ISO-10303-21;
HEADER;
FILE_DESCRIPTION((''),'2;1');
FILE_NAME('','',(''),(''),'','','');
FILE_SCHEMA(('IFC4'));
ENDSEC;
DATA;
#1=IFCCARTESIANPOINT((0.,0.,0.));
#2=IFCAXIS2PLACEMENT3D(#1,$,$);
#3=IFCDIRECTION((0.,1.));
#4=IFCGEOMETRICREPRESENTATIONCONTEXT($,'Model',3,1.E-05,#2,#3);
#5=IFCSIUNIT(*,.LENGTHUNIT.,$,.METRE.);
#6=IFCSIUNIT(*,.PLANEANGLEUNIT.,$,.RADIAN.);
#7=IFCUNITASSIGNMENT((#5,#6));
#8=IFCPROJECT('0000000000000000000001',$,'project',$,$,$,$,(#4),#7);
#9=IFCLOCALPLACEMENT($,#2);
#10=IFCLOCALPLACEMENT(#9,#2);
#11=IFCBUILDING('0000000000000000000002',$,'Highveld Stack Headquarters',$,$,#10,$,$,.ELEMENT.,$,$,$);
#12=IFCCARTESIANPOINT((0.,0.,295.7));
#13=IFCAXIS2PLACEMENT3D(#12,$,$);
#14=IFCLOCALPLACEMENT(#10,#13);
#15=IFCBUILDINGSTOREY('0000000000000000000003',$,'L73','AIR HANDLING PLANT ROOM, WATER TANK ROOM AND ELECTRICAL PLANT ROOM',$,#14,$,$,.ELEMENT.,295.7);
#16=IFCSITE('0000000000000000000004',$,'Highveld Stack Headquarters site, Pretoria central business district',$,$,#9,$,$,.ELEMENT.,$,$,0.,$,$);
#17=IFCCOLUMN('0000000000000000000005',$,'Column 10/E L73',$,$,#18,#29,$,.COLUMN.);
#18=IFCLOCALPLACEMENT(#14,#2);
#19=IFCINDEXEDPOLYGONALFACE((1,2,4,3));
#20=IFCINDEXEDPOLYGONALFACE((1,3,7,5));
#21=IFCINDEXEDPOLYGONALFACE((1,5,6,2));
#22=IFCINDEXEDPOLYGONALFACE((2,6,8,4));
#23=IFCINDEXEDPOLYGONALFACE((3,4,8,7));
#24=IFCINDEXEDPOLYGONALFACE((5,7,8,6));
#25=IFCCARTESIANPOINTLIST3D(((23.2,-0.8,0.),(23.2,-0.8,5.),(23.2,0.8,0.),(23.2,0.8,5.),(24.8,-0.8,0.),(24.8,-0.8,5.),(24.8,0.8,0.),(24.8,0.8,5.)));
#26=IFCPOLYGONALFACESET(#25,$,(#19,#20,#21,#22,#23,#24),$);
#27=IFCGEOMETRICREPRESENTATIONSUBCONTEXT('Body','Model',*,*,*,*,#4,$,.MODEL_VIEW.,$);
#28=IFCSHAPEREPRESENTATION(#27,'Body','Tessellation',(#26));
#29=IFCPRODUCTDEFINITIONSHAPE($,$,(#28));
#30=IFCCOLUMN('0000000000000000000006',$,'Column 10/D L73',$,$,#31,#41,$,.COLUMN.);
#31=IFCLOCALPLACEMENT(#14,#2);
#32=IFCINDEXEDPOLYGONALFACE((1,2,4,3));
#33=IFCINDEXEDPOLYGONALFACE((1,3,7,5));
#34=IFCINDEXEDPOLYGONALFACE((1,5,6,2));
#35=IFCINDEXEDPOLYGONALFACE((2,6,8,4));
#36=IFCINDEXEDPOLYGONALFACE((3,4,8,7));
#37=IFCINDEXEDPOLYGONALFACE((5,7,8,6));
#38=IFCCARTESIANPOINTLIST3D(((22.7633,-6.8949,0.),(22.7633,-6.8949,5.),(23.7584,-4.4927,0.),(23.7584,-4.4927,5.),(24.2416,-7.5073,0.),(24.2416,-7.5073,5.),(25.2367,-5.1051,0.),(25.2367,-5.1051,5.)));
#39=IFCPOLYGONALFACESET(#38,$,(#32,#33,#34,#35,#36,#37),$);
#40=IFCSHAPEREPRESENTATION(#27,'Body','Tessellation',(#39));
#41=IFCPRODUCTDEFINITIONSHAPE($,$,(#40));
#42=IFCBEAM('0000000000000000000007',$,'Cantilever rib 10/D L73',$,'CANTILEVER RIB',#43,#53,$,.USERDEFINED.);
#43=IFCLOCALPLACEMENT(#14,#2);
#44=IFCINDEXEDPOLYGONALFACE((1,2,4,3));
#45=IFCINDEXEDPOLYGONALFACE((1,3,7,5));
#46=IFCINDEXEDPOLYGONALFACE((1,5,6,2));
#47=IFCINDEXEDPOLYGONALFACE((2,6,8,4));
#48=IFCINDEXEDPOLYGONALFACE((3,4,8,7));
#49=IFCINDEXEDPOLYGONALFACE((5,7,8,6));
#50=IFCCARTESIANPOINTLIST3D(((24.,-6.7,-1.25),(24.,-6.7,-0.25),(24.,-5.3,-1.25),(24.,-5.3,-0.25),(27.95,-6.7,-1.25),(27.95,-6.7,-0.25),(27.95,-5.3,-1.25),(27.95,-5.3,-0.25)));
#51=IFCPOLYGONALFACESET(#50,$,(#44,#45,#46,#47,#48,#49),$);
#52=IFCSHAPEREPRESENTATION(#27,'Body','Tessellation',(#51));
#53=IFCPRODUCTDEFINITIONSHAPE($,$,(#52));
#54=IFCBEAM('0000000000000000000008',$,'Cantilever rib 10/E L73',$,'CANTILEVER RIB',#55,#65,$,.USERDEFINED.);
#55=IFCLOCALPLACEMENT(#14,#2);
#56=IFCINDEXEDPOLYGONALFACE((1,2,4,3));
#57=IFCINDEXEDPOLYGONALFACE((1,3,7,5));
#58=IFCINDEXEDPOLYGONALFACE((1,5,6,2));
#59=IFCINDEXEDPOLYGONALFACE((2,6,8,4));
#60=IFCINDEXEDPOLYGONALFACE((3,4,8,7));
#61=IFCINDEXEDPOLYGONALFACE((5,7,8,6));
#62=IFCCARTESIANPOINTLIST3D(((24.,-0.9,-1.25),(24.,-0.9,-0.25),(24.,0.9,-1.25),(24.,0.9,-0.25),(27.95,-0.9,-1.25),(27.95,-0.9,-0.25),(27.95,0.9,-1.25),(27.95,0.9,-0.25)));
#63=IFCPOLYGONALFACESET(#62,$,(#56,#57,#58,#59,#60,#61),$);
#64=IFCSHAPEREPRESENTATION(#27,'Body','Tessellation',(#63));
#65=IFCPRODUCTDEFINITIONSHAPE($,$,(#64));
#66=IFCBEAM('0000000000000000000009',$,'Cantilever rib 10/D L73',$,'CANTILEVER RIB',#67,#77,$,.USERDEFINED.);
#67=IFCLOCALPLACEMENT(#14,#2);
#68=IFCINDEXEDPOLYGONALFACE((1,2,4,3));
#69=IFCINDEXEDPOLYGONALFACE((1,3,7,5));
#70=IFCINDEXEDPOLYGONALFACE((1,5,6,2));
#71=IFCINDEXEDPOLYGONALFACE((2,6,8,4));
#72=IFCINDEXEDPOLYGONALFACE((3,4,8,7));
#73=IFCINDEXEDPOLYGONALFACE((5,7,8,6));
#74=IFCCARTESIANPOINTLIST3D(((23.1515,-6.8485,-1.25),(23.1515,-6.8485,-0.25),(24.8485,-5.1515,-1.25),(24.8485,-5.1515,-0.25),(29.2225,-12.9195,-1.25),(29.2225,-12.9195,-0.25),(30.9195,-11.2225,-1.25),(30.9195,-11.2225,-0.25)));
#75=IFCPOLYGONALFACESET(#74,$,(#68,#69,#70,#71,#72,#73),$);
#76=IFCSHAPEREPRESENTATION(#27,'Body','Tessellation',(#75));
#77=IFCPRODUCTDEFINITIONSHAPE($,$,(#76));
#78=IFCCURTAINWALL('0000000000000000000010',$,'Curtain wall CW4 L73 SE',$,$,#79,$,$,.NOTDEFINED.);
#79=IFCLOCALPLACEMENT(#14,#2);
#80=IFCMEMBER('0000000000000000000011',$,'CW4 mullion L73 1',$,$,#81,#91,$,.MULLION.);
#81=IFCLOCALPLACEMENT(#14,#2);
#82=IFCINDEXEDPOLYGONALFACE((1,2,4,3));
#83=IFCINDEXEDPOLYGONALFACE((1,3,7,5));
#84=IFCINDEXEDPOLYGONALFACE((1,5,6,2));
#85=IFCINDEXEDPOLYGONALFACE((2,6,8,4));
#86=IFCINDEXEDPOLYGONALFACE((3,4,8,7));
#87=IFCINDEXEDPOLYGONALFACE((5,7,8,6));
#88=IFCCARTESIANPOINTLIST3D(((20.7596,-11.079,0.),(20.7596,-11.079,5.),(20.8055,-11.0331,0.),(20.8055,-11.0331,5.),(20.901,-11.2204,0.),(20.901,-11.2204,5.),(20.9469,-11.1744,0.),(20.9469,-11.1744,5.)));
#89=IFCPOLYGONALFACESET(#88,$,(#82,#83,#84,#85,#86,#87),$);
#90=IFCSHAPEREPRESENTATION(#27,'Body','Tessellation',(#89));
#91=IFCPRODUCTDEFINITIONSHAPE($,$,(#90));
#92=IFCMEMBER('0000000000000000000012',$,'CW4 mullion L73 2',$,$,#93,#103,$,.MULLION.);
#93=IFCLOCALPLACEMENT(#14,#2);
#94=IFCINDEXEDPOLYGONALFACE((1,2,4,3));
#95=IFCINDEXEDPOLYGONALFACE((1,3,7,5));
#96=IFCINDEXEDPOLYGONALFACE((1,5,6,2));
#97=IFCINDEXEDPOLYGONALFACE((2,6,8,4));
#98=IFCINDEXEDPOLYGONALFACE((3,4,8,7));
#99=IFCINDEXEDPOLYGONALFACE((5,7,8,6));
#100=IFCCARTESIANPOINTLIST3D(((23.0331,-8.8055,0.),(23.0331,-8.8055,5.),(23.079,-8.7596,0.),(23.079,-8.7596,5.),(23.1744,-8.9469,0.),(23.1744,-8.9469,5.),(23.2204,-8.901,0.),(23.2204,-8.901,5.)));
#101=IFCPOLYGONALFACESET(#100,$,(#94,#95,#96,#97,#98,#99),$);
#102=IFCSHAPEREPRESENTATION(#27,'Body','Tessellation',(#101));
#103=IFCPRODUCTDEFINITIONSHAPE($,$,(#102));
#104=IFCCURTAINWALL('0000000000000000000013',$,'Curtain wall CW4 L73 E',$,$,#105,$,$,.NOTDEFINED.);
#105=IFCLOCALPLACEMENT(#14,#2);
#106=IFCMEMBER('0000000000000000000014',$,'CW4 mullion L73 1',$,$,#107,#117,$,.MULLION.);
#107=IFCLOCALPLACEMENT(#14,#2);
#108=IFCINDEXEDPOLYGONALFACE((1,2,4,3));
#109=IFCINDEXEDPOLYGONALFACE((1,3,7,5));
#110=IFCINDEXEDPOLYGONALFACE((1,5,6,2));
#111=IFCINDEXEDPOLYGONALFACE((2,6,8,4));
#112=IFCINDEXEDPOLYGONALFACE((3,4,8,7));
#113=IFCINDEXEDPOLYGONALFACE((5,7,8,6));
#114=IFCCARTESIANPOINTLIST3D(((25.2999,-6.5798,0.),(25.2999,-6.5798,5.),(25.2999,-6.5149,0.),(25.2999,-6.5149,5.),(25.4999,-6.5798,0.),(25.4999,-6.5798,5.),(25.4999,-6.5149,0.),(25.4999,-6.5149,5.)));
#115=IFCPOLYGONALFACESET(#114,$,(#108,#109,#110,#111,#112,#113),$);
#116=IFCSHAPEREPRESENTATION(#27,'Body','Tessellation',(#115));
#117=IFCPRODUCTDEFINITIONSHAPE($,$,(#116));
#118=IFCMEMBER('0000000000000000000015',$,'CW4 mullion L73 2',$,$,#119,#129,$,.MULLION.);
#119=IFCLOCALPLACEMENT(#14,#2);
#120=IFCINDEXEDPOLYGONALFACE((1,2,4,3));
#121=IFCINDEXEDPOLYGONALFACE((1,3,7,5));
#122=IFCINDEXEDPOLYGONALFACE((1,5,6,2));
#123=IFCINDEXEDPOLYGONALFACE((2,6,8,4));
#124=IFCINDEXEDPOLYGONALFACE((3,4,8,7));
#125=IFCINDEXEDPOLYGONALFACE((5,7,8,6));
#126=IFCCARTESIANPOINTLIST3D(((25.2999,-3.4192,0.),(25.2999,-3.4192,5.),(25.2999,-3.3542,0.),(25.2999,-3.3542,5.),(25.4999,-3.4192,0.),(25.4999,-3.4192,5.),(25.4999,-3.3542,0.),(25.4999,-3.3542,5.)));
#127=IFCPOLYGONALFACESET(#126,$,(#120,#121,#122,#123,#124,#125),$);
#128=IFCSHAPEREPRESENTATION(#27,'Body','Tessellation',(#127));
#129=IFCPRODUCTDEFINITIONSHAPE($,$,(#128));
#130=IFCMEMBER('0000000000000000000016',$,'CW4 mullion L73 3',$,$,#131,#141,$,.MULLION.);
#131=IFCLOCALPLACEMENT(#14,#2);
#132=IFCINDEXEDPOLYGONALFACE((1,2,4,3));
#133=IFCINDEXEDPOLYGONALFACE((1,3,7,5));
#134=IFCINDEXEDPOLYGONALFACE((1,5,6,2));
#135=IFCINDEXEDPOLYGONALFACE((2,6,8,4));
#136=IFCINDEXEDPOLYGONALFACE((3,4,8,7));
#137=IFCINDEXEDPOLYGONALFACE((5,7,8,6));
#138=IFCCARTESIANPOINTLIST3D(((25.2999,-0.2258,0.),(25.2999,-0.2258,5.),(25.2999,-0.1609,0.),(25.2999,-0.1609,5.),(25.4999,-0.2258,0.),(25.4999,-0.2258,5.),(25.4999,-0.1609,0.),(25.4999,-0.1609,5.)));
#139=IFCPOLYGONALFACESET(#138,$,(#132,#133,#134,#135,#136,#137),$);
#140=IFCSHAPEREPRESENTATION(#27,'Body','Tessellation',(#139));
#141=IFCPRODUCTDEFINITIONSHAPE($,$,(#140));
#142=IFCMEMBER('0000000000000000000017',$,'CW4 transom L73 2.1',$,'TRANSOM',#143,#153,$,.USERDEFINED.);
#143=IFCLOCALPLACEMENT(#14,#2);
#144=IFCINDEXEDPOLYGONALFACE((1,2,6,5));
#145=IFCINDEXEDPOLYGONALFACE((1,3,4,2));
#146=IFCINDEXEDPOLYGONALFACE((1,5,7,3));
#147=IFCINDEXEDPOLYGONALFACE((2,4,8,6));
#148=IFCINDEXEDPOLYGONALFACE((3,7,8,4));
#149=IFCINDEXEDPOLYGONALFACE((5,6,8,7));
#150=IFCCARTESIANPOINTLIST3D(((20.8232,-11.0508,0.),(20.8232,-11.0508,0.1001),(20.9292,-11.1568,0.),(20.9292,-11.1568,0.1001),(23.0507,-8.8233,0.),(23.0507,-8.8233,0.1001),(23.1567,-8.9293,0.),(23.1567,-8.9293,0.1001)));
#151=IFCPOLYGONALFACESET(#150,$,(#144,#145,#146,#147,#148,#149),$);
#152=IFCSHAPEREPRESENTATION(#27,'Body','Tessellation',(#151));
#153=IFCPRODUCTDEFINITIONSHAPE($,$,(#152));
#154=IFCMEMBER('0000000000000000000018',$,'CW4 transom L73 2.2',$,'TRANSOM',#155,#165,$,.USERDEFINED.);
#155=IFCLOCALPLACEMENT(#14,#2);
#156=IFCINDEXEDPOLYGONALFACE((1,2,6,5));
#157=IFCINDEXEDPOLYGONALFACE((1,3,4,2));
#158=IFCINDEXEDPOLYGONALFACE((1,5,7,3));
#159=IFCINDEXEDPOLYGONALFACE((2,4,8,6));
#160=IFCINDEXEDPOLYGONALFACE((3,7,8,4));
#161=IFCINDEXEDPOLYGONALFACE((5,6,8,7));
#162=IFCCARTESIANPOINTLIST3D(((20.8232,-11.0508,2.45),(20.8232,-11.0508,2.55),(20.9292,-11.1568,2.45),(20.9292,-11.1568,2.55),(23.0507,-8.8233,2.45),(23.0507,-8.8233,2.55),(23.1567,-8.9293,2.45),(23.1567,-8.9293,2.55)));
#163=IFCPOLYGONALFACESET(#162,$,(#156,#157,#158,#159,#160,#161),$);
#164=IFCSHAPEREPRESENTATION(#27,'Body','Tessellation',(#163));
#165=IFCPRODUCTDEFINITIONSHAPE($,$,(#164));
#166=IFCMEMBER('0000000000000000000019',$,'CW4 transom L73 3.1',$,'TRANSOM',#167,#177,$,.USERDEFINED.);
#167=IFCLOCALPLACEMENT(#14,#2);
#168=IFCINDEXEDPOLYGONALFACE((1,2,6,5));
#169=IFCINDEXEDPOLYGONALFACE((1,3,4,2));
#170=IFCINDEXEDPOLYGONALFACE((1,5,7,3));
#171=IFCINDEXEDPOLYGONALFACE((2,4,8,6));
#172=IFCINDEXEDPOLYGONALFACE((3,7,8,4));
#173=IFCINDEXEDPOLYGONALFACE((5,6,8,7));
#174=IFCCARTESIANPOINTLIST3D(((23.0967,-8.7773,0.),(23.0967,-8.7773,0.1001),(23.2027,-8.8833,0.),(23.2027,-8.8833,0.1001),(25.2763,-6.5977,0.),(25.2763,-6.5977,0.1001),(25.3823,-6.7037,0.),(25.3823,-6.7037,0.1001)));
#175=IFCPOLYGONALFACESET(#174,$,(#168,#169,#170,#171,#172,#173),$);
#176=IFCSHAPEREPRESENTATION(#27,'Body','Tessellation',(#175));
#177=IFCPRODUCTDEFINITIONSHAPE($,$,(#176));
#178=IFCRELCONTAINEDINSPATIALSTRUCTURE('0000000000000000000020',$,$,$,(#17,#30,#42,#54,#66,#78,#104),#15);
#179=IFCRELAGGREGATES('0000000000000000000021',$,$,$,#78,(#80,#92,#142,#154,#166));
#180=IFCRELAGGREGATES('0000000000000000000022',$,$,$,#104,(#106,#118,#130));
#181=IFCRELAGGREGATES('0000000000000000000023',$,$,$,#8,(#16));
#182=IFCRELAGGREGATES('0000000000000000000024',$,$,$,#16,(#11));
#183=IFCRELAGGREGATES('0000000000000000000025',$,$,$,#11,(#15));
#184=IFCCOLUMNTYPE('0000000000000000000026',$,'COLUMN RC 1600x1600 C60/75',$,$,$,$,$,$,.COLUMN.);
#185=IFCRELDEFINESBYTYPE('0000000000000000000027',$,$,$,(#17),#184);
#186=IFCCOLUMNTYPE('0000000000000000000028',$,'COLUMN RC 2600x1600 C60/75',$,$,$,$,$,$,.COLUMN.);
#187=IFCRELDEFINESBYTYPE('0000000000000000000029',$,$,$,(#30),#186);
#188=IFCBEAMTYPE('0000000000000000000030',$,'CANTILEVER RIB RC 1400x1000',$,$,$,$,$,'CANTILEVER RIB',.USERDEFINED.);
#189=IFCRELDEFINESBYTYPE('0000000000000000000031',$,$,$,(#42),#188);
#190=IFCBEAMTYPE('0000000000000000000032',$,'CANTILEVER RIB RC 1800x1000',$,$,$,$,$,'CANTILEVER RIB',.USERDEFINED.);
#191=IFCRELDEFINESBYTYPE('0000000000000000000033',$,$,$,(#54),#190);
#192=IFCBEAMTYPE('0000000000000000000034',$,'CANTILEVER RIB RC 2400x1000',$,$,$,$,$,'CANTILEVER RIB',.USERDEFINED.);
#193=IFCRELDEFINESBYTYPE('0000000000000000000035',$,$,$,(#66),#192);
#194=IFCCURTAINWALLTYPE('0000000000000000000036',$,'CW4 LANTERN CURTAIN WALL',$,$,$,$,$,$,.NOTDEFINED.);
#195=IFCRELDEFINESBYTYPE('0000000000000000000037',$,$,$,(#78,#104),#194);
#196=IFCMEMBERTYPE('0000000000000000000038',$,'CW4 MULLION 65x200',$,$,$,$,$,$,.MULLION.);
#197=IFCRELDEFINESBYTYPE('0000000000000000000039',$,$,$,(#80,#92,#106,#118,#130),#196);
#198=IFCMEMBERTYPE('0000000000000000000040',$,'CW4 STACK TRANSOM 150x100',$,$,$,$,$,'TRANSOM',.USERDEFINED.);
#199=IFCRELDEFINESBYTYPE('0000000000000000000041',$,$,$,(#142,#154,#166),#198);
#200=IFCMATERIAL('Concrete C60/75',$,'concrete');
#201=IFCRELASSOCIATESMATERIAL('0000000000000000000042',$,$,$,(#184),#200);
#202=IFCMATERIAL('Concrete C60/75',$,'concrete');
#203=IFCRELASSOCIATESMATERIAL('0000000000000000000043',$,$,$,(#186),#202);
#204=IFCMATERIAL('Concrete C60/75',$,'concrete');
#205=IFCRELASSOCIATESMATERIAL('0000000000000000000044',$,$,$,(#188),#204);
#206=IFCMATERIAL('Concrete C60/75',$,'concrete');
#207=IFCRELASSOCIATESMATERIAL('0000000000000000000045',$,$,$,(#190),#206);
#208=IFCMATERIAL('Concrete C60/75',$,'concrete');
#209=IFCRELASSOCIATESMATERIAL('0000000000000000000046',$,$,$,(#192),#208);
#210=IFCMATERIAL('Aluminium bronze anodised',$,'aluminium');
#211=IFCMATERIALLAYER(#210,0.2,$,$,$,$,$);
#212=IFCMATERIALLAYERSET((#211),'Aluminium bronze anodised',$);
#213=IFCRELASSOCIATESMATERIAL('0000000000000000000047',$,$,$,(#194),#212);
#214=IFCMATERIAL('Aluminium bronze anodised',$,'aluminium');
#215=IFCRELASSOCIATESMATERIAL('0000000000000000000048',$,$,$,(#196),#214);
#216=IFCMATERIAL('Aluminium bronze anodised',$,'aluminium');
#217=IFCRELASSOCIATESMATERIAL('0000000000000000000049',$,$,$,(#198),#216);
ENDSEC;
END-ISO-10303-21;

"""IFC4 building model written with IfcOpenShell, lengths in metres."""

from ifc_helpers import new_model, si_unit, direction, frame, origin, origin_2d, place, context, subcontext, project, spatial, rectangle, extrude, material, layer, layer_set, material_profile, profile_set, type_object, element, aggregate, save


model = new_model("IFC4")

# Units and contexts
model_context = context("Model", 3, precision=1e-05, world=origin(), true_north=direction((0.0, 1.0)))
body_context = subcontext(model_context, "Body", "Model", "MODEL_VIEW")
ifc_project = project(units=[si_unit("LENGTHUNIT", "METRE"), si_unit("PLANEANGLEUNIT", "RADIAN")], contexts=[model_context])

# Site, building, storey
site_placement = place(None, origin())
site = spatial("IfcSite", under=ifc_project, at=site_placement, Name="Highveld Stack Headquarters site, Pretoria central business district", CompositionType="ELEMENT", RefElevation=0.0)
building_placement = place(site_placement, origin())
building = spatial("IfcBuilding", under=site, at=building_placement, Name="Highveld Stack Headquarters", CompositionType="ELEMENT")
storey_placement = place(building_placement, frame((0.0, 0.0, 295.7)))
storey = spatial("IfcBuildingStorey", under=building, at=storey_placement, Name="L73", Description="AIR HANDLING PLANT ROOM, WATER TANK ROOM AND ELECTRICAL PLANT ROOM", CompositionType="ELEMENT", Elevation=295.7)

# Columns
ifc_material_1 = material(Name="Concrete C60/75", Category="concrete")
ifc_material_profile_1 = material_profile(ifc_material_1, rectangle(XDim=1.6001, YDim=1.6001, at=origin_2d()), Name="RC 1600x1600")
ifc_profile_set_1 = profile_set([ifc_material_profile_1], Name="Concrete C60/75")
column_type_1 = type_object("IfcColumnType", Name="COLUMN RC 1600x1600 C60/75", PredefinedType="COLUMN", material=ifc_profile_set_1)
column_1_placement = place(storey_placement, frame((24.0, 0.0, 0.0), z_axis=(0.0, 0.0, 1.0), x_axis=(1.0, 0.0, 0.0)))
element("IfcColumn", 1, at=column_1_placement, inside=storey, type_object=column_type_1, Name="Column 10/E L73", PredefinedType="COLUMN", context=body_context, shape_type="SweptSolid", body=[
    extrude(rectangle(XDim=1.6001, YDim=1.6001, at=origin_2d()), origin(), (0.0, 0.0, 1.0), 5.0),
])
ifc_material_2 = material(Name="Concrete C60/75", Category="concrete")
ifc_material_profile_2 = material_profile(ifc_material_2, rectangle(XDim=2.6001, YDim=1.6001, at=origin_2d()), Name="RC 2600x1600")
ifc_profile_set_2 = profile_set([ifc_material_profile_2], Name="Concrete C60/75")
column_type_2 = type_object("IfcColumnType", Name="COLUMN RC 2600x1600 C60/75", PredefinedType="COLUMN", material=ifc_profile_set_2)
column_2_placement = place(storey_placement, frame((24.0, -6.0, 0.0), z_axis=(0.0, 0.0, 1.0), x_axis=(-0.382683, -0.92388, 0.0)))
element("IfcColumn", 2, at=column_2_placement, inside=storey, type_object=column_type_2, Name="Column 10/D L73", PredefinedType="COLUMN", context=body_context, shape_type="SweptSolid", body=[
    extrude(rectangle(XDim=2.6001, YDim=1.6001, at=origin_2d()), origin(), (0.0, 0.0, 1.0), 5.0),
])

# Beams
ifc_material_3 = material(Name="Concrete C60/75", Category="concrete")
ifc_material_profile_3 = material_profile(ifc_material_3, rectangle(XDim=1.3999, YDim=1.0, at=origin_2d()), Name="RC 1400x1000")
ifc_profile_set_3 = profile_set([ifc_material_profile_3], Name="Concrete C60/75")
beam_type_1 = type_object("IfcBeamType", Name="CANTILEVER RIB RC 1400x1000", ElementType="CANTILEVER RIB", PredefinedType="USERDEFINED", material=ifc_profile_set_3)
beam_1_placement = place(storey_placement, frame((24.0, -6.0, -0.75), z_axis=(1.0, 0.0, 0.0), x_axis=(0.0, 1.0, 0.0)))
element("IfcBeam", 3, at=beam_1_placement, inside=storey, type_object=beam_type_1, Name="Cantilever rib 10/D L73", ObjectType="CANTILEVER RIB", PredefinedType="USERDEFINED", context=body_context, shape_type="SweptSolid", body=[
    extrude(rectangle(XDim=1.3999, YDim=1.0, at=origin_2d()), origin(), (0.0, 0.0, 1.0), 3.95),
])
ifc_material_4 = material(Name="Concrete C60/75", Category="concrete")
ifc_material_profile_4 = material_profile(ifc_material_4, rectangle(XDim=1.8, YDim=1.0, at=origin_2d()), Name="RC 1800x1000")
ifc_profile_set_4 = profile_set([ifc_material_profile_4], Name="Concrete C60/75")
beam_type_2 = type_object("IfcBeamType", Name="CANTILEVER RIB RC 1800x1000", ElementType="CANTILEVER RIB", PredefinedType="USERDEFINED", material=ifc_profile_set_4)
beam_2_placement = place(storey_placement, frame((24.0, 0.0, -0.75), z_axis=(1.0, 0.0, 0.0), x_axis=(0.0, 1.0, 0.0)))
element("IfcBeam", 4, at=beam_2_placement, inside=storey, type_object=beam_type_2, Name="Cantilever rib 10/E L73", ObjectType="CANTILEVER RIB", PredefinedType="USERDEFINED", context=body_context, shape_type="SweptSolid", body=[
    extrude(rectangle(XDim=1.8, YDim=1.0, at=origin_2d()), origin(), (0.0, 0.0, 1.0), 3.95),
])
ifc_material_5 = material(Name="Concrete C60/75", Category="concrete")
ifc_material_profile_5 = material_profile(ifc_material_5, rectangle(XDim=2.3999, YDim=1.0, at=origin_2d()), Name="RC 2400x1000")
ifc_profile_set_5 = profile_set([ifc_material_profile_5], Name="Concrete C60/75")
beam_type_3 = type_object("IfcBeamType", Name="CANTILEVER RIB RC 2400x1000", ElementType="CANTILEVER RIB", PredefinedType="USERDEFINED", material=ifc_profile_set_5)
beam_3_placement = place(storey_placement, frame((24.0, -6.0, -0.75), z_axis=(0.707107, -0.707107, 0.0), x_axis=(0.707107, 0.707107, 0.0)))
element("IfcBeam", 5, at=beam_3_placement, inside=storey, type_object=beam_type_3, Name="Cantilever rib 10/D L73", ObjectType="CANTILEVER RIB", PredefinedType="USERDEFINED", context=body_context, shape_type="SweptSolid", body=[
    extrude(rectangle(XDim=2.3999, YDim=1.0, at=origin_2d()), origin(), (0.0, 0.0, 1.0), 8.5857),
])

# Curtain walls, members
ifc_material_6 = material(Name="Aluminium bronze anodised", Category="aluminium")
ifc_layer_1 = layer(ifc_material_6, 0.2)
ifc_layer_set_1 = layer_set([ifc_layer_1], Name="Aluminium bronze anodised")
curtain_wall_type = type_object("IfcCurtainWallType", Name="CW4 LANTERN CURTAIN WALL", PredefinedType="NOTDEFINED", material=ifc_layer_set_1)
curtain_wall_1_placement = place(storey_placement, origin())
curtain_wall_1 = element("IfcCurtainWall", 6, at=curtain_wall_1_placement, inside=storey, type_object=curtain_wall_type, Name="Curtain wall CW4 L73 SE", PredefinedType="NOTDEFINED")
ifc_material_7 = material(Name="Aluminium bronze anodised", Category="aluminium")
ifc_material_profile_6 = material_profile(ifc_material_7, rectangle(XDim=0.2, YDim=0.0649, at=origin_2d()), Name="CW4 MULLION 65x200")
ifc_profile_set_6 = profile_set([ifc_material_profile_6], Name="Aluminium bronze anodised")
member_type_1 = type_object("IfcMemberType", Name="CW4 MULLION 65x200", PredefinedType="MULLION", material=ifc_profile_set_6)
member_1_placement = place(storey_placement, frame((20.8533, -11.1267, 0.0), z_axis=(0.0, 0.0, 1.0), x_axis=(-0.707107, 0.707107, 0.0)))
member_1 = element("IfcMember", 7, at=member_1_placement, type_object=member_type_1, Name="CW4 mullion L73 1", PredefinedType="MULLION", context=body_context, shape_type="SweptSolid", body=[
    extrude(rectangle(XDim=0.2, YDim=0.0649, at=origin_2d()), origin(), (0.0, 0.0, 1.0), 5.0),
])
member_2_placement = place(storey_placement, frame((23.1267, -8.8533, 0.0), z_axis=(0.0, 0.0, 1.0), x_axis=(-0.707107, 0.707107, 0.0)))
member_2 = element("IfcMember", 8, at=member_2_placement, type_object=member_type_1, Name="CW4 mullion L73 2", PredefinedType="MULLION", context=body_context, shape_type="SweptSolid", body=[
    extrude(rectangle(XDim=0.2, YDim=0.0649, at=origin_2d()), origin(), (0.0, 0.0, 1.0), 5.0),
])
curtain_wall_2_placement = place(storey_placement, origin())
curtain_wall_2 = element("IfcCurtainWall", 9, at=curtain_wall_2_placement, inside=storey, type_object=curtain_wall_type, Name="Curtain wall CW4 L73 E", PredefinedType="NOTDEFINED")
member_3_placement = place(storey_placement, frame((25.3999, -6.5474, 0.0), z_axis=(0.0, 0.0, 1.0), x_axis=(-1.0, 0.0, 0.0)))
member_3 = element("IfcMember", 10, at=member_3_placement, type_object=member_type_1, Name="CW4 mullion L73 1", PredefinedType="MULLION", context=body_context, shape_type="SweptSolid", body=[
    extrude(rectangle(XDim=0.2, YDim=0.0649, at=origin_2d()), origin(), (0.0, 0.0, 1.0), 5.0),
])
member_4_placement = place(storey_placement, frame((25.3999, -3.3867, 0.0), z_axis=(0.0, 0.0, 1.0), x_axis=(-1.0, 0.0, 0.0)))
member_4 = element("IfcMember", 11, at=member_4_placement, type_object=member_type_1, Name="CW4 mullion L73 2", PredefinedType="MULLION", context=body_context, shape_type="SweptSolid", body=[
    extrude(rectangle(XDim=0.2, YDim=0.0649, at=origin_2d()), origin(), (0.0, 0.0, 1.0), 5.0),
])
member_5_placement = place(storey_placement, frame((25.3999, -0.1934, 0.0), z_axis=(0.0, 0.0, 1.0), x_axis=(-1.0, 0.0, 0.0)))
member_5 = element("IfcMember", 12, at=member_5_placement, type_object=member_type_1, Name="CW4 mullion L73 3", PredefinedType="MULLION", context=body_context, shape_type="SweptSolid", body=[
    extrude(rectangle(XDim=0.2, YDim=0.0649, at=origin_2d()), origin(), (0.0, 0.0, 1.0), 5.0),
])

# Members
ifc_material_8 = material(Name="Aluminium bronze anodised", Category="aluminium")
ifc_material_profile_7 = material_profile(ifc_material_8, rectangle(XDim=0.1499, YDim=0.1001, at=origin_2d()), Name="CW4 TRANSOM 150x100")
ifc_profile_set_7 = profile_set([ifc_material_profile_7], Name="Aluminium bronze anodised")
member_type_2 = type_object("IfcMemberType", Name="CW4 STACK TRANSOM 150x100", ElementType="TRANSOM", PredefinedType="USERDEFINED", material=ifc_profile_set_7)
member_6_placement = place(storey_placement, frame((20.8762, -11.1038, 0.05), z_axis=(0.707107, 0.707107, 0.0), x_axis=(-0.707107, 0.707107, 0.0)))
member_6 = element("IfcMember", 13, at=member_6_placement, type_object=member_type_2, Name="CW4 transom L73 2.1", ObjectType="TRANSOM", PredefinedType="USERDEFINED", context=body_context, shape_type="SweptSolid", body=[
    extrude(rectangle(XDim=0.1499, YDim=0.1001, at=origin_2d()), origin(), (0.0, 0.0, 1.0), 3.1501),
])
member_7_placement = place(storey_placement, frame((20.8762, -11.1038, 2.5), z_axis=(0.707107, 0.707107, 0.0), x_axis=(-0.707107, 0.707107, 0.0)))
member_7 = element("IfcMember", 14, at=member_7_placement, type_object=member_type_2, Name="CW4 transom L73 2.2", ObjectType="TRANSOM", PredefinedType="USERDEFINED", context=body_context, shape_type="SweptSolid", body=[
    extrude(rectangle(XDim=0.1499, YDim=0.1001, at=origin_2d()), origin(), (0.0, 0.0, 1.0), 3.1501),
])
member_8_placement = place(storey_placement, frame((23.1497, -8.8303, 0.05), z_axis=(0.707107, 0.707107, 0.0), x_axis=(-0.707107, 0.707107, 0.0)))
member_8 = element("IfcMember", 15, at=member_8_placement, type_object=member_type_2, Name="CW4 transom L73 3.1", ObjectType="TRANSOM", PredefinedType="USERDEFINED", context=body_context, shape_type="SweptSolid", body=[
    extrude(rectangle(XDim=0.1499, YDim=0.1001, at=origin_2d()), origin(), (0.0, 0.0, 1.0), 3.0825),
])

aggregate(curtain_wall_1, [member_1, member_2, member_6, member_7, member_8])
aggregate(curtain_wall_2, [member_3, member_4, member_5])

save(model, "model.ifc")
